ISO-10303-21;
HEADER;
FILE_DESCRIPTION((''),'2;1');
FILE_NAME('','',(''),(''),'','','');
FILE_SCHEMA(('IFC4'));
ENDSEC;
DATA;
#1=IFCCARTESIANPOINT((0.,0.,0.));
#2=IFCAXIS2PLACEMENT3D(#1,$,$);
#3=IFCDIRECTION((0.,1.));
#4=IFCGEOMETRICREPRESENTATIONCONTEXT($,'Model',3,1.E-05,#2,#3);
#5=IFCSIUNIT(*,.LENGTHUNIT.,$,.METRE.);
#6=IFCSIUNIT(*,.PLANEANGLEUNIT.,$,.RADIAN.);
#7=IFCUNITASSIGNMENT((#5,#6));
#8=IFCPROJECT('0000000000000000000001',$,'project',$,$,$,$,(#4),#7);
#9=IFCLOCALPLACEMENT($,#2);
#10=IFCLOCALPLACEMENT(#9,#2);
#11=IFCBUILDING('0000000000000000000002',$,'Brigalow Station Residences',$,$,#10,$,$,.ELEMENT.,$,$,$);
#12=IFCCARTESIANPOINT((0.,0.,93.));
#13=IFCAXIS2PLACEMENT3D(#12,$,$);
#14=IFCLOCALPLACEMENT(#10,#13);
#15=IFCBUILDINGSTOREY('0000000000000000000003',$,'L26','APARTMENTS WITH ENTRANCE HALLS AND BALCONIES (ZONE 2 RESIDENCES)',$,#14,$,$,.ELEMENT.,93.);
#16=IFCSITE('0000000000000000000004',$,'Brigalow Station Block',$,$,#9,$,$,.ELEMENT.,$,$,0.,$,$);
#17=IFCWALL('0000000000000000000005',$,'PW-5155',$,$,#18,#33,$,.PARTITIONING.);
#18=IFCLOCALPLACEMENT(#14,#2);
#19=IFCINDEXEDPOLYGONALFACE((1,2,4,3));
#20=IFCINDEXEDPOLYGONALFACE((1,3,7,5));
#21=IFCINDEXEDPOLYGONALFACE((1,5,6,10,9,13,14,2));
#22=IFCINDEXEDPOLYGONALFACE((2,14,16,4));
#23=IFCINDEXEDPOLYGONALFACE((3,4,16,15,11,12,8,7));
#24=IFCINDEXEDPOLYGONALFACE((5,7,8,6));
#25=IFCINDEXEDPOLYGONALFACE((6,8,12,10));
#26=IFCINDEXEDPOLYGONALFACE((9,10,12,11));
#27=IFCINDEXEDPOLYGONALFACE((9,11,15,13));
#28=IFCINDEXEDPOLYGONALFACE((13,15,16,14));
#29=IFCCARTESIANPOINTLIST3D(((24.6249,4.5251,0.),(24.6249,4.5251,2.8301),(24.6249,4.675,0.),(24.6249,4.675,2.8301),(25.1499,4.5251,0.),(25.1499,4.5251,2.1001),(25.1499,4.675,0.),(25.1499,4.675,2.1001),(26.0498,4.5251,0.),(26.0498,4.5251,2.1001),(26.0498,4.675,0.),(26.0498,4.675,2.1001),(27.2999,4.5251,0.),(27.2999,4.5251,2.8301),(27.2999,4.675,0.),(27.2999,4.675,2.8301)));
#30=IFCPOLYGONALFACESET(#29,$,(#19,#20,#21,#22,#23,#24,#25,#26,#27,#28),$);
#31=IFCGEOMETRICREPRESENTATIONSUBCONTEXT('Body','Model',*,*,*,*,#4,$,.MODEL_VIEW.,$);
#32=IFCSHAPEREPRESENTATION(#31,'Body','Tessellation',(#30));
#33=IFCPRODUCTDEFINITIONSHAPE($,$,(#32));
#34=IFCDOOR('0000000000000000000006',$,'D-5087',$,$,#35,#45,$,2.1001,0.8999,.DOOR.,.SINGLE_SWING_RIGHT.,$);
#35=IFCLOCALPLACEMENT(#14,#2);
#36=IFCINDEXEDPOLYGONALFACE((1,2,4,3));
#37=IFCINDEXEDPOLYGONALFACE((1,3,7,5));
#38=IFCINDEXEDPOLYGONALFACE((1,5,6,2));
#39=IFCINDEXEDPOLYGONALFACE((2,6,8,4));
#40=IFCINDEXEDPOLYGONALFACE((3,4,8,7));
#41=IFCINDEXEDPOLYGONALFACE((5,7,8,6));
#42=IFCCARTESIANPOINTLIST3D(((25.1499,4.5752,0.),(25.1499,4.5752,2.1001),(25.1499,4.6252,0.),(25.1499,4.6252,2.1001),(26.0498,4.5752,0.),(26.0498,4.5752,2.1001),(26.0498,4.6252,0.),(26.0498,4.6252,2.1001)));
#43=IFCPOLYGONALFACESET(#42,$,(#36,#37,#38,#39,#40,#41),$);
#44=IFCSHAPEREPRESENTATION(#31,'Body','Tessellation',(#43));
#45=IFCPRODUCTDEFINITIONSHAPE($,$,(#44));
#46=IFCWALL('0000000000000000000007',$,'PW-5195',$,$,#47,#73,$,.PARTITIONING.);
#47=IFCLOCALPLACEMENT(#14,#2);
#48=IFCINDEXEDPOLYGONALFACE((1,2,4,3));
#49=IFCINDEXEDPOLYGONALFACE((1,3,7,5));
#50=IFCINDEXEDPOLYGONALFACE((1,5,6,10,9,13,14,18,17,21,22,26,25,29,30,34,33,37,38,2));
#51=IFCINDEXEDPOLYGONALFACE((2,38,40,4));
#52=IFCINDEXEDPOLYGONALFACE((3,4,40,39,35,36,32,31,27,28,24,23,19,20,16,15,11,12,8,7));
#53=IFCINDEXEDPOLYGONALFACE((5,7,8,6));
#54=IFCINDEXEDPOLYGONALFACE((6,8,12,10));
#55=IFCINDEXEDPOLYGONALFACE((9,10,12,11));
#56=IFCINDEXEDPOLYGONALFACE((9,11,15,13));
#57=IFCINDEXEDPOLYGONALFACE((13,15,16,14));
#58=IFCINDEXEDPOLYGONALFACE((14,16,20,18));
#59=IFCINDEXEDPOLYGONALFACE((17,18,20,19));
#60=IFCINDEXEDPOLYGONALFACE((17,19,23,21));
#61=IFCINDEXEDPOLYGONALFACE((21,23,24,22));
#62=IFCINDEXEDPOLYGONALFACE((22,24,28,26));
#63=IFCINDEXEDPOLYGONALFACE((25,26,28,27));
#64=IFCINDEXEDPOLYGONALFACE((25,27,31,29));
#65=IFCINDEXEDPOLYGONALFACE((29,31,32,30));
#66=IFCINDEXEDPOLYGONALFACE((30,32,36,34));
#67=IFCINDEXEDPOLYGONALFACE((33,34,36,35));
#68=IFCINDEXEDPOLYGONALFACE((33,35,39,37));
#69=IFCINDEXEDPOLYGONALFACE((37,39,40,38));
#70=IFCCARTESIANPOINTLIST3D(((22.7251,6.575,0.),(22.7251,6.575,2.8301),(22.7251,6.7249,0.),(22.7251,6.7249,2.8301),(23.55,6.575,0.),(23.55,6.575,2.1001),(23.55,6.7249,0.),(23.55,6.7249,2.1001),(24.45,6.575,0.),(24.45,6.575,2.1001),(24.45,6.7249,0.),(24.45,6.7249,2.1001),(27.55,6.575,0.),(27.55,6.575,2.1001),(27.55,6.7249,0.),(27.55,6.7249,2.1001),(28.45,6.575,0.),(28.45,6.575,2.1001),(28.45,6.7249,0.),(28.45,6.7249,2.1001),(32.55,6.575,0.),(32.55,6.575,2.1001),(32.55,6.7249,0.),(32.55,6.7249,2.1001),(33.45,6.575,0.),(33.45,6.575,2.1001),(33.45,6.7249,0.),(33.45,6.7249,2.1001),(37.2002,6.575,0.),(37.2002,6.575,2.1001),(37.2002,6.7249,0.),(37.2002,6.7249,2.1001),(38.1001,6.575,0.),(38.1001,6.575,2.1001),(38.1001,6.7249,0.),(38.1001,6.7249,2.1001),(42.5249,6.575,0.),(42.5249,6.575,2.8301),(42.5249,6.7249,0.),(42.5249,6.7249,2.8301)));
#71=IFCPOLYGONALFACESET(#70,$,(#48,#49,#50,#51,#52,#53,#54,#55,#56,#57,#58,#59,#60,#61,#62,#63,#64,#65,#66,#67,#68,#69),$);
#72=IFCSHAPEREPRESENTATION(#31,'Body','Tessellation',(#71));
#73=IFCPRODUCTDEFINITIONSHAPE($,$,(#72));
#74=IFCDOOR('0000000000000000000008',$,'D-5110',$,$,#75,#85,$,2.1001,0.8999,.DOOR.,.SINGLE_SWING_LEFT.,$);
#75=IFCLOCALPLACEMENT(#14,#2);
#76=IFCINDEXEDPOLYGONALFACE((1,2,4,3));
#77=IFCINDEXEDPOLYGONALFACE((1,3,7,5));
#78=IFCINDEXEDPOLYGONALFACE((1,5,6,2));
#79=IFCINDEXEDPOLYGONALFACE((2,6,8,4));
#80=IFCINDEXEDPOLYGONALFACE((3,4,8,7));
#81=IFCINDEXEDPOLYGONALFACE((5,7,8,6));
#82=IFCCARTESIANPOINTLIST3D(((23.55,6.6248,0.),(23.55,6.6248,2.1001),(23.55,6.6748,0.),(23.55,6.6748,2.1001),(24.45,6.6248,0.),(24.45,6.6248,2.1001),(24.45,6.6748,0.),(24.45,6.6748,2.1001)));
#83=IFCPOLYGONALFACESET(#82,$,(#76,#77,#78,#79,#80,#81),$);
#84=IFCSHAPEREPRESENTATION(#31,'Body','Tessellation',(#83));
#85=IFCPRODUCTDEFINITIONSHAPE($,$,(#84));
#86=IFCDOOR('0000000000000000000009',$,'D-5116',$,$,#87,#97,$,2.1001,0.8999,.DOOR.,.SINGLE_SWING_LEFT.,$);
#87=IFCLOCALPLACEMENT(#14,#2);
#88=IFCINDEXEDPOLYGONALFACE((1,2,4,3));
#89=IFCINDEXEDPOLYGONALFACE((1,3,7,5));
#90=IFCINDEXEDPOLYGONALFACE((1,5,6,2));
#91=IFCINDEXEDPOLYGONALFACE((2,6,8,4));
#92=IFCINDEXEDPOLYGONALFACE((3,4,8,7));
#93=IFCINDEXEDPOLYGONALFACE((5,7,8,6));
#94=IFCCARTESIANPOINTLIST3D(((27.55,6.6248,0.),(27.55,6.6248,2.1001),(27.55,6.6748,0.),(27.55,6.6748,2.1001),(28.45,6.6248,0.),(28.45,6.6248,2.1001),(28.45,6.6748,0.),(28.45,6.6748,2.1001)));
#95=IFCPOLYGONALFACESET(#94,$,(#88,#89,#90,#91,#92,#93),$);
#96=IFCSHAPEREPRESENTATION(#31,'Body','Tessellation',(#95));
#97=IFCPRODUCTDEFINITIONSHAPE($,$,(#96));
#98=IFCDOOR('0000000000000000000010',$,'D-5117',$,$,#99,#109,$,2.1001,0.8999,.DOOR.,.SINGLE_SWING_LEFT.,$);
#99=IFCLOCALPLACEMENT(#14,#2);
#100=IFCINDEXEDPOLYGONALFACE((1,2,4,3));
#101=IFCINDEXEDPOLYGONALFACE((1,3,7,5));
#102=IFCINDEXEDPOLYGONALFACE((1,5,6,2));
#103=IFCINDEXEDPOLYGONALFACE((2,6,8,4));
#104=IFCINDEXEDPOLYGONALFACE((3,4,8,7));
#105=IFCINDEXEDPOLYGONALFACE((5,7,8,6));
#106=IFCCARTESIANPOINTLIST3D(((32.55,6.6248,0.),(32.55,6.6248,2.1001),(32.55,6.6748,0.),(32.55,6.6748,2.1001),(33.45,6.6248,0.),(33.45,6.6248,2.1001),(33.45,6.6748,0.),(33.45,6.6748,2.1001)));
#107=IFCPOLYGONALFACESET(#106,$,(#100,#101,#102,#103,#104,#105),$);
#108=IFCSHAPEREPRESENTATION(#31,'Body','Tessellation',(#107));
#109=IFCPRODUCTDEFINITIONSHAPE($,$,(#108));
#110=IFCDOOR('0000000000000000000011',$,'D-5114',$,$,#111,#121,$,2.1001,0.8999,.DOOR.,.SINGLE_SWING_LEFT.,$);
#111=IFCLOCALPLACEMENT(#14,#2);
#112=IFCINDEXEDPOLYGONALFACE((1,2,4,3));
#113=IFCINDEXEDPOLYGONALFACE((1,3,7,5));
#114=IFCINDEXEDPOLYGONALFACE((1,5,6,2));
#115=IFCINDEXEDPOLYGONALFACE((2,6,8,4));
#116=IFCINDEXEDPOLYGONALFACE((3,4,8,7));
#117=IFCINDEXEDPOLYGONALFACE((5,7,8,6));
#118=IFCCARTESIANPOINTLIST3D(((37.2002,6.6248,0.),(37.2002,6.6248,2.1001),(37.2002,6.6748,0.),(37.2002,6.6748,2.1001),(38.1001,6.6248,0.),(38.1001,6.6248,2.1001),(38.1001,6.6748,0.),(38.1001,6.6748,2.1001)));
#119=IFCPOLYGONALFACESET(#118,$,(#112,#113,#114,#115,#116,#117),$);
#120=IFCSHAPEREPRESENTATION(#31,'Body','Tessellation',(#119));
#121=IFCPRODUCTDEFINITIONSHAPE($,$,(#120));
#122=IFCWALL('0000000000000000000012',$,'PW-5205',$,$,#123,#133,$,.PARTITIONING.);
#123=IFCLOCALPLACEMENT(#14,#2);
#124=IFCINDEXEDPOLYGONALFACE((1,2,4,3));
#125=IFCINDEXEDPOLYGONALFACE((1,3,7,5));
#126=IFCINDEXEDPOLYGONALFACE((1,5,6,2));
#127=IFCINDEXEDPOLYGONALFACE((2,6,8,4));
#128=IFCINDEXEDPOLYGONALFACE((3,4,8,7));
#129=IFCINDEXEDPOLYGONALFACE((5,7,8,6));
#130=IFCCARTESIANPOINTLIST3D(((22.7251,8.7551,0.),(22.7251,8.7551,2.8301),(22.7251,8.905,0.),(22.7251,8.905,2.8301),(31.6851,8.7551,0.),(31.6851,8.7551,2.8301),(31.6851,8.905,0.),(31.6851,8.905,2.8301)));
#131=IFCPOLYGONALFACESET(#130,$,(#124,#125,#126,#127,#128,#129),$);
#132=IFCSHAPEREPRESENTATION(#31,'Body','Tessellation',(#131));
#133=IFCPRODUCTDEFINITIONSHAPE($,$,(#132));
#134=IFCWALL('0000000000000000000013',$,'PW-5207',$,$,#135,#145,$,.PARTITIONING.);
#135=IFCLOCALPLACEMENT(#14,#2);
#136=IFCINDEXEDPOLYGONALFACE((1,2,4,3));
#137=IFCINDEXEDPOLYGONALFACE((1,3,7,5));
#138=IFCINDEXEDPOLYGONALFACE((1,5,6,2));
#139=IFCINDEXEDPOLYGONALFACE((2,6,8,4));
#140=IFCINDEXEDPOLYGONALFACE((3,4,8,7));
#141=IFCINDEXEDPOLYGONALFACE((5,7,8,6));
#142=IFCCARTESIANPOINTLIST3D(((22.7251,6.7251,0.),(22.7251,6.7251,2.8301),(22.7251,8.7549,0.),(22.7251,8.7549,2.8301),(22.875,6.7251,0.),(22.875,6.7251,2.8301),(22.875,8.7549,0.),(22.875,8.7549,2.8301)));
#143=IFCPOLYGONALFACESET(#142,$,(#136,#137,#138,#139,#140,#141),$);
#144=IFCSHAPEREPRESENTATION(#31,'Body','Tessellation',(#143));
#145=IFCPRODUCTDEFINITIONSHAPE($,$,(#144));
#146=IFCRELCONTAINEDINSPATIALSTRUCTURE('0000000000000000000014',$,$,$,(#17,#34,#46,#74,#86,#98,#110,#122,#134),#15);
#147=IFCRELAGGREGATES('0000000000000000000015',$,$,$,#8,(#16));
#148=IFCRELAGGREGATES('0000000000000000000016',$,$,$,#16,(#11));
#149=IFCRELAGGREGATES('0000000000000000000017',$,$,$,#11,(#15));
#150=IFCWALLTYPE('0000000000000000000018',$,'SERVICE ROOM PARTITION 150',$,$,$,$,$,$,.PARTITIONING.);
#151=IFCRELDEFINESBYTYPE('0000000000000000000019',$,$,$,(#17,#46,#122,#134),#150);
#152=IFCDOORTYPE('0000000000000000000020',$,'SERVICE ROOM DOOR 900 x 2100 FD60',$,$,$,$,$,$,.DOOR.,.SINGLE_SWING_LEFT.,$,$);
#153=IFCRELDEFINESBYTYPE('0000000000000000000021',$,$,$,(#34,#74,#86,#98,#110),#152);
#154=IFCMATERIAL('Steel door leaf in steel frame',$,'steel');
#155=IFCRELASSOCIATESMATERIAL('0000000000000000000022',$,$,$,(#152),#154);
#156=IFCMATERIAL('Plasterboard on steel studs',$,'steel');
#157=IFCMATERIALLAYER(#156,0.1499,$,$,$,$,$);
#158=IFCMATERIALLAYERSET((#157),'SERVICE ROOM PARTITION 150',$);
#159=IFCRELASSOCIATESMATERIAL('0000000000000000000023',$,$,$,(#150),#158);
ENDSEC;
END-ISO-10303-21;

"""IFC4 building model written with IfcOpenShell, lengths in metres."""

from ifc_helpers import new_model, si_unit, direction, frame, frame_2d, origin, place, context, subcontext, project, spatial, rectangle, extrude, material, layer, layer_set, type_object, element, fill, save


model = new_model("IFC4")

# Units and contexts
model_context = context("Model", 3, precision=1e-05, world=origin(), true_north=direction((0.0, 1.0)))
body_context = subcontext(model_context, "Body", "Model", "MODEL_VIEW")
ifc_project = project(units=[si_unit("LENGTHUNIT", "METRE"), si_unit("PLANEANGLEUNIT", "RADIAN")], contexts=[model_context])

# Site, building, storey
site_placement = place(None, origin())
site = spatial("IfcSite", under=ifc_project, at=site_placement, Name="Brigalow Station Block", CompositionType="ELEMENT", RefElevation=0.0)
building_placement = place(site_placement, origin())
building = spatial("IfcBuilding", under=site, at=building_placement, Name="Brigalow Station Residences", CompositionType="ELEMENT")
storey_placement = place(building_placement, frame((0.0, 0.0, 93.0)))
storey = spatial("IfcBuildingStorey", under=building, at=storey_placement, Name="L26", Description="APARTMENTS WITH ENTRANCE HALLS AND BALCONIES (ZONE 2 RESIDENCES)", CompositionType="ELEMENT", Elevation=93.0)

# Shared definitions
ifc_material_1 = material(Name="Steel door leaf in steel frame", Category="steel")
door_type_1 = type_object("IfcDoorType", Name="SERVICE ROOM DOOR 900 x 2100 FD60", OperationType="SINGLE_SWING_LEFT", PredefinedType="DOOR", material=ifc_material_1)

# Wall, opening, door
ifc_material_2 = material(Name="Plasterboard on steel studs", Category="steel")
ifc_layer_1 = layer(ifc_material_2, 0.1499)
ifc_layer_set_1 = layer_set([ifc_layer_1], Name="SERVICE ROOM PARTITION 150")
wall_type_1 = type_object("IfcWallType", Name="SERVICE ROOM PARTITION 150", PredefinedType="PARTITIONING", material=ifc_layer_set_1)
wall_1_placement = place(storey_placement, frame((24.625, 4.6001, 0.0), z_axis=(0.0, 0.0, 1.0), x_axis=(1.0, 0.0, 0.0)))
wall_1 = element("IfcWall", 1, at=wall_1_placement, inside=storey, type_object=wall_type_1, Name="PW-5155", PredefinedType="PARTITIONING", context=body_context, shape_type="SweptSolid", body=[
    extrude(rectangle(XDim=2.675, YDim=0.1499, at=frame_2d((1.3374, 0.0))), origin(), (0.0, 0.0, 1.0), 2.8301),
])
opening_1_placement = place(wall_1_placement, frame((0.5249, 0.0, 0.0)))
opening_1 = element("IfcOpeningElement", 2, at=opening_1_placement, cuts=wall_1, PredefinedType="OPENING", context=body_context, shape_type="SweptSolid", body=[
    extrude(rectangle(XDim=0.8999, YDim=2.1001, at=frame_2d((0.45, 1.05))), frame((0.0, 0.085, 0.0), z_axis=(0.0, -1.0, 0.0), x_axis=(1.0, 0.0, 0.0)), (0.0, 0.0, 1.0), 0.1699),
])
door_1_placement = place(opening_1_placement, frame((0.8999, 0.0, 0.0), z_axis=(0.0, 0.0, 1.0), x_axis=(-1.0, 0.0, 0.0)))
door_1 = element("IfcDoor", 3, at=door_1_placement, inside=storey, type_object=door_type_1, Name="D-5087", OperationType="SINGLE_SWING_RIGHT", OverallHeight=2.1001, OverallWidth=0.8999, PredefinedType="DOOR", context=body_context, shape_type="SweptSolid", body=[
    extrude(rectangle(XDim=0.8999, YDim=2.1001, at=frame_2d((0.45, 1.05))), frame((0.0, 0.0249, 0.0), z_axis=(0.0, -1.0, 0.0), x_axis=(1.0, 0.0, 0.0)), (0.0, 0.0, 1.0), 0.05),
])
fill(opening_1, door_1)

# Wall, openings, doors
wall_2_placement = place(storey_placement, frame((22.7251, 6.6499, 0.0), z_axis=(0.0, 0.0, 1.0), x_axis=(1.0, 0.0, 0.0)))
wall_2 = element("IfcWall", 4, at=wall_2_placement, inside=storey, type_object=wall_type_1, Name="PW-5195", PredefinedType="PARTITIONING", context=body_context, shape_type="SweptSolid", body=[
    extrude(rectangle(XDim=19.7998, YDim=0.1499, at=frame_2d((9.8999, 0.0))), origin(), (0.0, 0.0, 1.0), 2.8301),
])
opening_2_placement = place(wall_2_placement, frame((0.825, 0.0, 0.0)))
opening_2 = element("IfcOpeningElement", 5, at=opening_2_placement, cuts=wall_2, PredefinedType="OPENING", context=body_context, shape_type="SweptSolid", body=[
    extrude(rectangle(XDim=0.8999, YDim=2.1001, at=frame_2d((0.45, 1.05))), frame((0.0, 0.085, 0.0), z_axis=(0.0, -1.0, 0.0), x_axis=(1.0, 0.0, 0.0)), (0.0, 0.0, 1.0), 0.1699),
])
opening_3_placement = place(wall_2_placement, frame((4.825, 0.0, 0.0)))
opening_3 = element("IfcOpeningElement", 6, at=opening_3_placement, cuts=wall_2, PredefinedType="OPENING", context=body_context, shape_type="SweptSolid", body=[
    extrude(rectangle(XDim=0.8999, YDim=2.1001, at=frame_2d((0.45, 1.05))), frame((0.0, 0.085, 0.0), z_axis=(0.0, -1.0, 0.0), x_axis=(1.0, 0.0, 0.0)), (0.0, 0.0, 1.0), 0.1699),
])
opening_4_placement = place(wall_2_placement, frame((9.825, 0.0, 0.0)))
opening_4 = element("IfcOpeningElement", 7, at=opening_4_placement, cuts=wall_2, PredefinedType="OPENING", context=body_context, shape_type="SweptSolid", body=[
    extrude(rectangle(XDim=0.8999, YDim=2.1001, at=frame_2d((0.45, 1.05))), frame((0.0, 0.085, 0.0), z_axis=(0.0, -1.0, 0.0), x_axis=(1.0, 0.0, 0.0)), (0.0, 0.0, 1.0), 0.1699),
])
opening_5_placement = place(wall_2_placement, frame((14.4751, 0.0, 0.0)))
opening_5 = element("IfcOpeningElement", 8, at=opening_5_placement, cuts=wall_2, PredefinedType="OPENING", context=body_context, shape_type="SweptSolid", body=[
    extrude(rectangle(XDim=0.8999, YDim=2.1001, at=frame_2d((0.45, 1.05))), frame((0.0, 0.085, 0.0), z_axis=(0.0, -1.0, 0.0), x_axis=(1.0, 0.0, 0.0)), (0.0, 0.0, 1.0), 0.1699),
])
door_2_placement = place(opening_2_placement, origin())
door_2 = element("IfcDoor", 9, at=door_2_placement, inside=storey, type_object=door_type_1, Name="D-5110", OperationType="SINGLE_SWING_LEFT", OverallHeight=2.1001, OverallWidth=0.8999, PredefinedType="DOOR", context=body_context, shape_type="SweptSolid", body=[
    extrude(rectangle(XDim=0.8999, YDim=2.1001, at=frame_2d((0.45, 1.05))), frame((0.0, 0.0249, 0.0), z_axis=(0.0, -1.0, 0.0), x_axis=(1.0, 0.0, 0.0)), (0.0, 0.0, 1.0), 0.05),
])
fill(opening_2, door_2)
door_3_placement = place(opening_3_placement, origin())
door_3 = element("IfcDoor", 10, at=door_3_placement, inside=storey, type_object=door_type_1, Name="D-5116", OperationType="SINGLE_SWING_LEFT", OverallHeight=2.1001, OverallWidth=0.8999, PredefinedType="DOOR", context=body_context, shape_type="SweptSolid", body=[
    extrude(rectangle(XDim=0.8999, YDim=2.1001, at=frame_2d((0.45, 1.05))), frame((0.0, 0.0249, 0.0), z_axis=(0.0, -1.0, 0.0), x_axis=(1.0, 0.0, 0.0)), (0.0, 0.0, 1.0), 0.05),
])
fill(opening_3, door_3)
door_4_placement = place(opening_4_placement, origin())
door_4 = element("IfcDoor", 11, at=door_4_placement, inside=storey, type_object=door_type_1, Name="D-5117", OperationType="SINGLE_SWING_LEFT", OverallHeight=2.1001, OverallWidth=0.8999, PredefinedType="DOOR", context=body_context, shape_type="SweptSolid", body=[
    extrude(rectangle(XDim=0.8999, YDim=2.1001, at=frame_2d((0.45, 1.05))), frame((0.0, 0.0249, 0.0), z_axis=(0.0, -1.0, 0.0), x_axis=(1.0, 0.0, 0.0)), (0.0, 0.0, 1.0), 0.05),
])
fill(opening_4, door_4)
door_5_placement = place(opening_5_placement, origin())
door_5 = element("IfcDoor", 12, at=door_5_placement, inside=storey, type_object=door_type_1, Name="D-5114", OperationType="SINGLE_SWING_LEFT", OverallHeight=2.1001, OverallWidth=0.8999, PredefinedType="DOOR", context=body_context, shape_type="SweptSolid", body=[
    extrude(rectangle(XDim=0.8999, YDim=2.1001, at=frame_2d((0.45, 1.05))), frame((0.0, 0.0249, 0.0), z_axis=(0.0, -1.0, 0.0), x_axis=(1.0, 0.0, 0.0)), (0.0, 0.0, 1.0), 0.05),
])
fill(opening_5, door_5)

# Walls
wall_3_placement = place(storey_placement, frame((22.7251, 8.8301, 0.0), z_axis=(0.0, 0.0, 1.0), x_axis=(1.0, 0.0, 0.0)))
element("IfcWall", 13, at=wall_3_placement, inside=storey, type_object=wall_type_1, Name="PW-5205", PredefinedType="PARTITIONING", context=body_context, shape_type="SweptSolid", body=[
    extrude(rectangle(XDim=8.96, YDim=0.1499, at=frame_2d((4.48, 0.0))), origin(), (0.0, 0.0, 1.0), 2.8301),
])
wall_4_placement = place(storey_placement, frame((22.8, 6.7251, 0.0), z_axis=(0.0, 0.0, 1.0), x_axis=(0.0, 1.0, 0.0)))
element("IfcWall", 14, at=wall_4_placement, inside=storey, type_object=wall_type_1, Name="PW-5207", PredefinedType="PARTITIONING", context=body_context, shape_type="SweptSolid", body=[
    extrude(rectangle(XDim=2.0298, YDim=0.1499, at=frame_2d((1.0149, 0.0))), origin(), (0.0, 0.0, 1.0), 2.8301),
])

save(model, "model.ifc")
